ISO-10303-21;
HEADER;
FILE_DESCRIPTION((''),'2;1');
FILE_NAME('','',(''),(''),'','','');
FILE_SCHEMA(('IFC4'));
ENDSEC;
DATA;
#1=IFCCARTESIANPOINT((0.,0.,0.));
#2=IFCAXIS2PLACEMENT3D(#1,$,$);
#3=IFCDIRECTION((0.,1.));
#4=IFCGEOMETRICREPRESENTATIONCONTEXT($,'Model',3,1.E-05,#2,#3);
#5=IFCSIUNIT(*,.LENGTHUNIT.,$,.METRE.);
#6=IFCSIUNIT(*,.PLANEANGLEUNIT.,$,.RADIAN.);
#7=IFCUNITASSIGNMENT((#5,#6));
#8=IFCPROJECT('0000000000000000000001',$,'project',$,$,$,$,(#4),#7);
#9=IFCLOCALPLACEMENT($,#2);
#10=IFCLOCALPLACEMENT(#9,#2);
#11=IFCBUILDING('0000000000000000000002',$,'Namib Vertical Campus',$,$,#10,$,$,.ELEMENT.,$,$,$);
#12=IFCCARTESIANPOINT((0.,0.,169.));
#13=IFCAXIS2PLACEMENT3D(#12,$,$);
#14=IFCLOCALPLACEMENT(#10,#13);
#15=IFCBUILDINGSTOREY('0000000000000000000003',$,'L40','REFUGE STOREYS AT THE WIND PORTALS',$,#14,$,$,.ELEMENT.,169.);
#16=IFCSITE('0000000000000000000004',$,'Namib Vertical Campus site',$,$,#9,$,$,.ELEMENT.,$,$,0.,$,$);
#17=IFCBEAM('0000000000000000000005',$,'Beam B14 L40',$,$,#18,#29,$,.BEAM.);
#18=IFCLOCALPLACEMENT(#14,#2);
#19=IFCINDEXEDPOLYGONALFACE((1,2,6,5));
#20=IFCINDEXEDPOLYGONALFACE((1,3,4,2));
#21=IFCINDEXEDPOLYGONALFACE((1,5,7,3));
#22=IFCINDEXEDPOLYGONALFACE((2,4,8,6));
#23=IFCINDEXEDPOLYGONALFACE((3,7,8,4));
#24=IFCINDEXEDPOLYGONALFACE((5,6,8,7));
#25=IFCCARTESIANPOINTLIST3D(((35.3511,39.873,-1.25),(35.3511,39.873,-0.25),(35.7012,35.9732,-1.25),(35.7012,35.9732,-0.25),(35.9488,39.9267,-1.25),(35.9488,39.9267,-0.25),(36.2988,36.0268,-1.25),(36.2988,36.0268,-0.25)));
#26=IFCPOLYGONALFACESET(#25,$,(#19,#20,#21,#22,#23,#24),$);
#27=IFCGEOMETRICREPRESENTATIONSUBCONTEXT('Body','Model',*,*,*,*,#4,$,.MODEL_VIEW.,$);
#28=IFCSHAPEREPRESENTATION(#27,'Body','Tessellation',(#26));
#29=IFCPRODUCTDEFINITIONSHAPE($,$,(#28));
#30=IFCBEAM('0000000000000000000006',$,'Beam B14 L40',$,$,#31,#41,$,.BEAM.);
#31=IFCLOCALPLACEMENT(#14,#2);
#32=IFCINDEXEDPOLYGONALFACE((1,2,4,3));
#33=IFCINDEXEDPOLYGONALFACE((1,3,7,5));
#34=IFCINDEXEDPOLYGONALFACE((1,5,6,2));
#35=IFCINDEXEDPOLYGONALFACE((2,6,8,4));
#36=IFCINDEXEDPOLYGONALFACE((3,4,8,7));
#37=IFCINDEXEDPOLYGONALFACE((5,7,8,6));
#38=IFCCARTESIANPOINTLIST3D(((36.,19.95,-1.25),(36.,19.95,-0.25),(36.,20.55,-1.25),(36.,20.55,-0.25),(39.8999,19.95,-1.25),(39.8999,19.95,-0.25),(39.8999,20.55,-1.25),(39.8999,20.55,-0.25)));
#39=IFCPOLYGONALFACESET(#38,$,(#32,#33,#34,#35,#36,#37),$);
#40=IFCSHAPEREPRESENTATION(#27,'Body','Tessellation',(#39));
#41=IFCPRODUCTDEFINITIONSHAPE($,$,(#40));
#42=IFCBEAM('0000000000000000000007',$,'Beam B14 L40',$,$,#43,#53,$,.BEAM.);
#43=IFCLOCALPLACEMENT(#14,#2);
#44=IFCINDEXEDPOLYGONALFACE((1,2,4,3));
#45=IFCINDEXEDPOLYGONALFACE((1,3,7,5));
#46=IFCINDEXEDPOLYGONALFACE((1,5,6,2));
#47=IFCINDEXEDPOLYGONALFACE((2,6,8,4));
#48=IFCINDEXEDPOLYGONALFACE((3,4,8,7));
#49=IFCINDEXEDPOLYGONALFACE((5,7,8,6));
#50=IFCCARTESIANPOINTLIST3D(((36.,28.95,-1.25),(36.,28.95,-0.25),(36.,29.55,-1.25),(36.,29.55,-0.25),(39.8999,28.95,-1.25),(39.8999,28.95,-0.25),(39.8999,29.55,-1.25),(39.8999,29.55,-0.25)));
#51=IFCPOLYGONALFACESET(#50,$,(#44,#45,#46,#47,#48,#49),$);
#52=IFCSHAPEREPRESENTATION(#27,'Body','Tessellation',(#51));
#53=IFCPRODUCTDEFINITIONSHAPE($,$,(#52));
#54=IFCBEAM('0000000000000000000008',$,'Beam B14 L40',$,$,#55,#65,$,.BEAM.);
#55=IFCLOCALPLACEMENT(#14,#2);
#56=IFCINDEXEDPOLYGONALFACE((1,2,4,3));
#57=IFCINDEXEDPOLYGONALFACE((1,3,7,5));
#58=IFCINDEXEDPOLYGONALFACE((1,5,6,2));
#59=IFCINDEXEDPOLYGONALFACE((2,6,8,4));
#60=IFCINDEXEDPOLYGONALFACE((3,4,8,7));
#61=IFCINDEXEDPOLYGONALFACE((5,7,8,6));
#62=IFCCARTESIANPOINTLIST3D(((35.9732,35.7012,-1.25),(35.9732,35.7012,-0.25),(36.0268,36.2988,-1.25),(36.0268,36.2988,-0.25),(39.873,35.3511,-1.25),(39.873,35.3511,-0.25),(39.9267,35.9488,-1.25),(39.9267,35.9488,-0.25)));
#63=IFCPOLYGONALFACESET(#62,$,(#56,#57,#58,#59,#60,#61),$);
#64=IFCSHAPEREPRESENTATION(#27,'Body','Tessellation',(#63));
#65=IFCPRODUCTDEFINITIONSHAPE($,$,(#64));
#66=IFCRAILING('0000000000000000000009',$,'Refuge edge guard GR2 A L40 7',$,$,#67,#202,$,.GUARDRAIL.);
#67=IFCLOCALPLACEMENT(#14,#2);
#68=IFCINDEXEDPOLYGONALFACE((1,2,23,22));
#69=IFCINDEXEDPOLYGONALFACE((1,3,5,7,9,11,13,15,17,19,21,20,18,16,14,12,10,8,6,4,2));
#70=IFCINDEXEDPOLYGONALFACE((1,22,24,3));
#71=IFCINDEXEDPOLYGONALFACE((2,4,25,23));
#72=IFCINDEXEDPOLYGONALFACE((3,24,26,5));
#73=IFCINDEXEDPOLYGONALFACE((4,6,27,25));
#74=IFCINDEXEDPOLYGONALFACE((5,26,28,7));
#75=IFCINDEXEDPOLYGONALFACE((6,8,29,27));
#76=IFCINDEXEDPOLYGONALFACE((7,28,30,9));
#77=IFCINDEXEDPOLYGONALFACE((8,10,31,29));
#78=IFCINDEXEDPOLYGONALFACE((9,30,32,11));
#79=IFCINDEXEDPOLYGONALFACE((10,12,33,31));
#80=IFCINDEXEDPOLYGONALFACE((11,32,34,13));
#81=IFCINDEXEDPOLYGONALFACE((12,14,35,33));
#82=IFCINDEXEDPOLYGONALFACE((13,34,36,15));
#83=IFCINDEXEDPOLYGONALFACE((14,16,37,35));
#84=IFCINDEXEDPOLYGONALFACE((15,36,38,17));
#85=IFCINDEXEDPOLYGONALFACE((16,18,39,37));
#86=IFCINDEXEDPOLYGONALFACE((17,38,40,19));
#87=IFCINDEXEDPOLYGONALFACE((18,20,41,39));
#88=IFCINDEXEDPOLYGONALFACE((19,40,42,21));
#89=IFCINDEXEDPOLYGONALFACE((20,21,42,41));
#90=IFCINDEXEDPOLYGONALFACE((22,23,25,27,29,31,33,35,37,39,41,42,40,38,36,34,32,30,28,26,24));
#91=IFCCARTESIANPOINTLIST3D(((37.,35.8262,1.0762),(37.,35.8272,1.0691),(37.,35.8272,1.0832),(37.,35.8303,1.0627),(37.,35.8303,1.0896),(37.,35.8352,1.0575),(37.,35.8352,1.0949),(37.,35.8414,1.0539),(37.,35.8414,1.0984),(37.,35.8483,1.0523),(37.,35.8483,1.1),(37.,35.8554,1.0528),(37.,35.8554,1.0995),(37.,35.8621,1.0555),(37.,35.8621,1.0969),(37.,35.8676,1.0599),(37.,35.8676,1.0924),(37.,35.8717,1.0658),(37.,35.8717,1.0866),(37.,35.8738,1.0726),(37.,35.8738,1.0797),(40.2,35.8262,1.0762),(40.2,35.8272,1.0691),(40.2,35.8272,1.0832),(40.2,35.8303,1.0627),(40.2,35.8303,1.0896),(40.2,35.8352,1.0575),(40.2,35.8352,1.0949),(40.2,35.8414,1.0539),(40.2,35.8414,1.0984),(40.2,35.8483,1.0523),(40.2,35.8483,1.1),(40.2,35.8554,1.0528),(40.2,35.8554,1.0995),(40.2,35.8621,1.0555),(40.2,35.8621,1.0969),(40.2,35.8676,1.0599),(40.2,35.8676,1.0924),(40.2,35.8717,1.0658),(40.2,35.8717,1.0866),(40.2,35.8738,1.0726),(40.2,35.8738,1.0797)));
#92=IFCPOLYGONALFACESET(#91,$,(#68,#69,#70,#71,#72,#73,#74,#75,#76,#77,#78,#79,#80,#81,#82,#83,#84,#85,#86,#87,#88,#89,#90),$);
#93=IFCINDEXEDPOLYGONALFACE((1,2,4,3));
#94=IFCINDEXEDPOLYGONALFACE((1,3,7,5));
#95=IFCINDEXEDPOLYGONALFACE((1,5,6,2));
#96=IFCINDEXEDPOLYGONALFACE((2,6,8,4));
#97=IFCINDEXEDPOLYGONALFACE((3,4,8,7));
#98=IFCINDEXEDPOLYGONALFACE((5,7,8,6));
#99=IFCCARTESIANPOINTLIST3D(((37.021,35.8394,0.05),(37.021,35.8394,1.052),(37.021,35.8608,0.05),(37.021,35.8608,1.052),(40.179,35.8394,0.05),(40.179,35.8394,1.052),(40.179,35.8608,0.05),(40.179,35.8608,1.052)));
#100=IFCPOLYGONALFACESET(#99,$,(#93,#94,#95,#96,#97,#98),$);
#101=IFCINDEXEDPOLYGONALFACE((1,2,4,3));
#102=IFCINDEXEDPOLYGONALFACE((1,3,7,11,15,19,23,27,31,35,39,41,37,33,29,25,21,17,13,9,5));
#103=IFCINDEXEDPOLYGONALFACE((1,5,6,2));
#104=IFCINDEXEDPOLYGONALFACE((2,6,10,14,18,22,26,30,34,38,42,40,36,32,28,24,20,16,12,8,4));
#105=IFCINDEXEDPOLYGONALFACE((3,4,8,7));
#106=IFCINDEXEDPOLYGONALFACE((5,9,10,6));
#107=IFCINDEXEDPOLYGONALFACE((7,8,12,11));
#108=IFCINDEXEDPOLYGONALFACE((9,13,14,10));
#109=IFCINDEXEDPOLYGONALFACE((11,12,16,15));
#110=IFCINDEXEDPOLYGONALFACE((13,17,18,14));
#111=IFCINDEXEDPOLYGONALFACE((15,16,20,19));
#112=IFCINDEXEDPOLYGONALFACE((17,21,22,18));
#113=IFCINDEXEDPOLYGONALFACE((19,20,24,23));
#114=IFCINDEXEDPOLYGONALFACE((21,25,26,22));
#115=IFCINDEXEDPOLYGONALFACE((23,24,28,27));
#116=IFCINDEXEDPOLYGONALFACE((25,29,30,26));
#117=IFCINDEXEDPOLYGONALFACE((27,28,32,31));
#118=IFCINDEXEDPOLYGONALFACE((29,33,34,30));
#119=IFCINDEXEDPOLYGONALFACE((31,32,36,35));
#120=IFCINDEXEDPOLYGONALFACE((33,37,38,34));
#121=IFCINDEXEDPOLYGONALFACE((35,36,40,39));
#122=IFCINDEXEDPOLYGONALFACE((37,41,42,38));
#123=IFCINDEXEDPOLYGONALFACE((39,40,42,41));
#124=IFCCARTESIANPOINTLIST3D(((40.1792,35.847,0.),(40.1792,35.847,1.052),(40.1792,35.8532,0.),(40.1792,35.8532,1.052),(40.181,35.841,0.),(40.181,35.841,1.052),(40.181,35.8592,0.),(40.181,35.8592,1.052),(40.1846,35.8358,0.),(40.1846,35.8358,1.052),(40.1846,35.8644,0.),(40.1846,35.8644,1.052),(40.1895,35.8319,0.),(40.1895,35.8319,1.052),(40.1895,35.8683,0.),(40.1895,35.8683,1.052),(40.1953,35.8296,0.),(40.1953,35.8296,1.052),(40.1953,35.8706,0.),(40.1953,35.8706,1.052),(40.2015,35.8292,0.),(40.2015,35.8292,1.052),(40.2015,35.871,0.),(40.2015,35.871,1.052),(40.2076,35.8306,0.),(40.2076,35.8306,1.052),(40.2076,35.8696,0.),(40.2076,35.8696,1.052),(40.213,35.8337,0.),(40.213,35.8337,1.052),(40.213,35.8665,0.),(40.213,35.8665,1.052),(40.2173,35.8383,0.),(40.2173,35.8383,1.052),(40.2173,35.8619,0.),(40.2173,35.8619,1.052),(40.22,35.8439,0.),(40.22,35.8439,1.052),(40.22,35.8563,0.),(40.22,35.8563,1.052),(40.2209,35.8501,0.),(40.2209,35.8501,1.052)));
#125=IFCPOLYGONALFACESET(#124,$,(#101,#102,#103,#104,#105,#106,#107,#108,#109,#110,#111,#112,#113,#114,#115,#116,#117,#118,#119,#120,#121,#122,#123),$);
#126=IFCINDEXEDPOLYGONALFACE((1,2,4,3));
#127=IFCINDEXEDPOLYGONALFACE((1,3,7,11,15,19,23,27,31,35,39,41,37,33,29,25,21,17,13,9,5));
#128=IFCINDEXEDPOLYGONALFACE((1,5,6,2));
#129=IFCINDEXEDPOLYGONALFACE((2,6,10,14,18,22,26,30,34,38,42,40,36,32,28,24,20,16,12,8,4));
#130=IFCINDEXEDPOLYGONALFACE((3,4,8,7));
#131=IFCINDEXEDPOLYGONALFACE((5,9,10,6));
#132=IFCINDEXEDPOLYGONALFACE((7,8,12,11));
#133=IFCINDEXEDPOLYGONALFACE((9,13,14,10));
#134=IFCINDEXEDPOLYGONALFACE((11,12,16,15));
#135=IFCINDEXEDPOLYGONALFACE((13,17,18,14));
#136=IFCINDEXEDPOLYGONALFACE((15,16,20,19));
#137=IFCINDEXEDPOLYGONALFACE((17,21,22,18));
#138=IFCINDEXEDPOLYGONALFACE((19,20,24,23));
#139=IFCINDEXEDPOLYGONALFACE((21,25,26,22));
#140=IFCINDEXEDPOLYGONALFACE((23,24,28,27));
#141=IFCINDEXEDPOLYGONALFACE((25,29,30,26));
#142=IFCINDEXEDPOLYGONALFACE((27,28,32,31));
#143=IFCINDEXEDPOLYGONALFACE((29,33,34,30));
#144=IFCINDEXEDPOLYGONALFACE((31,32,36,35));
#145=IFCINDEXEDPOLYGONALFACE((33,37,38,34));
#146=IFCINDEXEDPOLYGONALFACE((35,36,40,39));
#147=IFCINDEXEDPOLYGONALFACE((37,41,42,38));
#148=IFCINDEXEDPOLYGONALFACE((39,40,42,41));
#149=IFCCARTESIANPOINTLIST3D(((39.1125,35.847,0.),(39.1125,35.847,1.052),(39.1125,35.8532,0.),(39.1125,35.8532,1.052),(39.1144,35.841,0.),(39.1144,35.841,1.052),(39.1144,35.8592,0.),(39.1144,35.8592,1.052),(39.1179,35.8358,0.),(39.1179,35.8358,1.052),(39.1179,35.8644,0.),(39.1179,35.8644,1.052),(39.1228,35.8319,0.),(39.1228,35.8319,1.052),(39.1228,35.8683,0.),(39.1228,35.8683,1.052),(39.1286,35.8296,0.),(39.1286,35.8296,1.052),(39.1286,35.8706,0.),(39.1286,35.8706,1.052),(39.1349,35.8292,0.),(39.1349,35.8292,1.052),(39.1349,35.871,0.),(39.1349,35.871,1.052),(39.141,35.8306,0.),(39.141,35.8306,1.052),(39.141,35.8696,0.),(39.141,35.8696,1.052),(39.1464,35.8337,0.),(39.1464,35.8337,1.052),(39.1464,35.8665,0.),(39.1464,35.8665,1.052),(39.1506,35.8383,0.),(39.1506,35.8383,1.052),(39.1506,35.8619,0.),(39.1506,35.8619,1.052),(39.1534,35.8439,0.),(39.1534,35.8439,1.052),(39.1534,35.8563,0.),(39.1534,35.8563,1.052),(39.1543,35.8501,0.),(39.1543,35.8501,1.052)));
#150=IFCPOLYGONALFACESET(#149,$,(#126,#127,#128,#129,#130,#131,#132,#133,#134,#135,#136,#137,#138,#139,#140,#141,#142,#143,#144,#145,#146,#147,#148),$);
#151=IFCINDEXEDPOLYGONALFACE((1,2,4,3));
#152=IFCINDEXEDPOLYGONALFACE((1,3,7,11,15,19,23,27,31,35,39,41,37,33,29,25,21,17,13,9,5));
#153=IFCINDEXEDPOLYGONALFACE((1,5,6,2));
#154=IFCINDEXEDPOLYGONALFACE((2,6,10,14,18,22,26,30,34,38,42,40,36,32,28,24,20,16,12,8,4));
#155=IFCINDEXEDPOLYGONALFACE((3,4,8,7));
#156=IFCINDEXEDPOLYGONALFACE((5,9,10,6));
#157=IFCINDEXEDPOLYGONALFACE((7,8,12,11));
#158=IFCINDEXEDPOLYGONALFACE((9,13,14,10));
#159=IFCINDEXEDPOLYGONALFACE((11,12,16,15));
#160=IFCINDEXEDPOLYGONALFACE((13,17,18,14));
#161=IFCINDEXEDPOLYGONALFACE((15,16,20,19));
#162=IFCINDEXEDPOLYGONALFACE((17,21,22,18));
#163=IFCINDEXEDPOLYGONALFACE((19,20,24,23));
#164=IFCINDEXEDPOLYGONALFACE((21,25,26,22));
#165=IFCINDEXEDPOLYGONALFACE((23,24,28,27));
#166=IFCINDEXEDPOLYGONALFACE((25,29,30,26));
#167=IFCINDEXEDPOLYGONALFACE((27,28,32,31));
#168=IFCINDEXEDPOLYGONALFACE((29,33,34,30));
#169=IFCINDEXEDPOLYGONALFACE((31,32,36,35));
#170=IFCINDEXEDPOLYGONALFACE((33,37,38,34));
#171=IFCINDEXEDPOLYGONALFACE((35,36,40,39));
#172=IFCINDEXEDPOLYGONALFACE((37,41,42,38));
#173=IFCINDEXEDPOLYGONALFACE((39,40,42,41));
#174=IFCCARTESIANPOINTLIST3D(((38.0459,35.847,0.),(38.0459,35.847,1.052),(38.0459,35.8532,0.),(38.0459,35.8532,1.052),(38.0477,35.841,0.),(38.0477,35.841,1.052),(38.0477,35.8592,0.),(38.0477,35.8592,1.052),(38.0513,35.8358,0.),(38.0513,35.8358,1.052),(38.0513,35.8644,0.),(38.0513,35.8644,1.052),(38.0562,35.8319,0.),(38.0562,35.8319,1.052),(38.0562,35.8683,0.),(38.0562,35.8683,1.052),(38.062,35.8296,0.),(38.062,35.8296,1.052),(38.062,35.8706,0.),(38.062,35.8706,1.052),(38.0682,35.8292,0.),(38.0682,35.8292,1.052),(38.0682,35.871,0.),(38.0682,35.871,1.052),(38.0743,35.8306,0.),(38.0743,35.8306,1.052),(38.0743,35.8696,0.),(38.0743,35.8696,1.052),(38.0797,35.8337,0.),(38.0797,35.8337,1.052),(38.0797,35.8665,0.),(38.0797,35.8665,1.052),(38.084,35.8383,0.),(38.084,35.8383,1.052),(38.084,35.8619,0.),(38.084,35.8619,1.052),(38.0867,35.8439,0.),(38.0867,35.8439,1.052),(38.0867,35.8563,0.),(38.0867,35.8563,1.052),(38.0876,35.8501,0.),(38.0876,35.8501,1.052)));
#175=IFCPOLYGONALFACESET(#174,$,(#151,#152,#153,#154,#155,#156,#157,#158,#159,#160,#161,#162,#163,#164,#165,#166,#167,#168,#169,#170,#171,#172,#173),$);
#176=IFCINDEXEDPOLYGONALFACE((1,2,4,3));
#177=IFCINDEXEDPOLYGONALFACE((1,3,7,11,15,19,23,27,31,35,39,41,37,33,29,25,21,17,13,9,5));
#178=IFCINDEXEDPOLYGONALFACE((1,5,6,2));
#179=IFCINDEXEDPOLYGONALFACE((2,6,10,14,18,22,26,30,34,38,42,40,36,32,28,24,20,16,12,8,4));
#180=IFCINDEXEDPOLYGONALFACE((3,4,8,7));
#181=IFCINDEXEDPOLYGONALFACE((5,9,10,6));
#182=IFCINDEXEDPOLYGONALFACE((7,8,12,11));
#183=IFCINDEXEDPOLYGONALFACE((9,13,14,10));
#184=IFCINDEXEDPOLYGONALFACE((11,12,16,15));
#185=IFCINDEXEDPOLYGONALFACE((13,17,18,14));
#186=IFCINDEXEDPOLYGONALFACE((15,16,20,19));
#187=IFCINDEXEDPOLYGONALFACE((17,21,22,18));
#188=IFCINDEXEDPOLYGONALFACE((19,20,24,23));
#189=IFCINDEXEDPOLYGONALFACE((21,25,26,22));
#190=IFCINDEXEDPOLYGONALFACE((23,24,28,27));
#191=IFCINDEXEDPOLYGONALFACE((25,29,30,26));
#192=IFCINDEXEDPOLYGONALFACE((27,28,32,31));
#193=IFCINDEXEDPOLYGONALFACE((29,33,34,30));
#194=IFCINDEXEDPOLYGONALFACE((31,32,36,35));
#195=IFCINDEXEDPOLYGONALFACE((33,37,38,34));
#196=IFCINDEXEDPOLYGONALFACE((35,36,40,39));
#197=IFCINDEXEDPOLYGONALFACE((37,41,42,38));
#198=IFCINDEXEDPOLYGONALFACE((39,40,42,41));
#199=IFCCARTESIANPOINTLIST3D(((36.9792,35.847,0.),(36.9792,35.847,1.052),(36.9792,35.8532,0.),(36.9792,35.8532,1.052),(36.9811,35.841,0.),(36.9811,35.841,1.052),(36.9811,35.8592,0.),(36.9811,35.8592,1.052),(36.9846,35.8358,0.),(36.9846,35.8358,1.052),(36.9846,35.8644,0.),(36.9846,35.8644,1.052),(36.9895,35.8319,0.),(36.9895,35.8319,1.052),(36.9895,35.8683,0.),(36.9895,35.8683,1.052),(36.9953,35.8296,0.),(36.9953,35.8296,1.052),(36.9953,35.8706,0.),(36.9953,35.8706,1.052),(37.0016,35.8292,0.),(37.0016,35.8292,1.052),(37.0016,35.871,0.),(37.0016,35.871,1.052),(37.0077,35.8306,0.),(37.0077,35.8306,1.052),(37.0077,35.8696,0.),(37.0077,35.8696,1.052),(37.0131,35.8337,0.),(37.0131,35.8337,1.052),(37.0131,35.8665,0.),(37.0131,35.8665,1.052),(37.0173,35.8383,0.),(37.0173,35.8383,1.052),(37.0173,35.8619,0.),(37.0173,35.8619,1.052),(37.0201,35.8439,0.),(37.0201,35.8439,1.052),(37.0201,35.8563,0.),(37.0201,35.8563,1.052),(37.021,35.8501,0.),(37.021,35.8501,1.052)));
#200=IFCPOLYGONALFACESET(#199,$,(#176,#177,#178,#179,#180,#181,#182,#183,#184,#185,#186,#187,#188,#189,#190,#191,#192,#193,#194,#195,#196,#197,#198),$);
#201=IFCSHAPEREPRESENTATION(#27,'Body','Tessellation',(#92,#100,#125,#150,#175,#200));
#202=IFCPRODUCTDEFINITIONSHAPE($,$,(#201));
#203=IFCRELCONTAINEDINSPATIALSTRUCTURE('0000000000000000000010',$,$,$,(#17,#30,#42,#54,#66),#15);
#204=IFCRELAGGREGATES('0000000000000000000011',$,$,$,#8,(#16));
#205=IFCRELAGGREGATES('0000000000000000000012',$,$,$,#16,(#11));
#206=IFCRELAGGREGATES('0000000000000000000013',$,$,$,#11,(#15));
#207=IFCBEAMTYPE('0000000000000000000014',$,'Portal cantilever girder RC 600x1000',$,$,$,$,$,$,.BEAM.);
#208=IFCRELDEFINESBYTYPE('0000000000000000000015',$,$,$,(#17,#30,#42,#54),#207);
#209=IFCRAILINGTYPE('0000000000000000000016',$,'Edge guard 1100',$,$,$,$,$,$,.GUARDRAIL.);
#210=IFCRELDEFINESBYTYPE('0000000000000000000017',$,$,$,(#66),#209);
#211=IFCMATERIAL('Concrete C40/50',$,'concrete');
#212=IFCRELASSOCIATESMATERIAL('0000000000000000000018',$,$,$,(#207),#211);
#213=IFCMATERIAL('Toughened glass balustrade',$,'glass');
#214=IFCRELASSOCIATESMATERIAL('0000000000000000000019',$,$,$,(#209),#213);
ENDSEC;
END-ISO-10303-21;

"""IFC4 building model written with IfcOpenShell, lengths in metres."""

from ifc_helpers import new_model, si_unit, direction, frame, origin, origin_2d, place, context, subcontext, project, spatial, polyline, rectangle, circle, outline, extrude, material, material_profile, profile_set, type_object, element, save


model = new_model("IFC4")

# Units and contexts
model_context = context("Model", 3, precision=1e-05, world=origin(), true_north=direction((0.0, 1.0)))
body_context = subcontext(model_context, "Body", "Model", "MODEL_VIEW")
ifc_project = project(units=[si_unit("LENGTHUNIT", "METRE"), si_unit("PLANEANGLEUNIT", "RADIAN")], contexts=[model_context])

# Site, building, storey
site_placement = place(None, origin())
site = spatial("IfcSite", under=ifc_project, at=site_placement, Name="Namib Vertical Campus site", CompositionType="ELEMENT", RefElevation=0.0)
building_placement = place(site_placement, origin())
building = spatial("IfcBuilding", under=site, at=building_placement, Name="Namib Vertical Campus", CompositionType="ELEMENT")
storey_placement = place(building_placement, frame((0.0, 0.0, 169.0)))
storey = spatial("IfcBuildingStorey", under=building, at=storey_placement, Name="L40", Description="REFUGE STOREYS AT THE WIND PORTALS", CompositionType="ELEMENT", Elevation=169.0)

# Beams
ifc_material_1 = material(Name="Concrete C40/50", Category="concrete")
ifc_material_profile_1 = material_profile(ifc_material_1, rectangle(XDim=0.6001, YDim=1.0, at=origin_2d()))
ifc_profile_set_1 = profile_set([ifc_material_profile_1], Name="Concrete C40/50")
beam_type_1 = type_object("IfcBeamType", Name="Portal cantilever girder RC 600x1000", PredefinedType="BEAM", material=ifc_profile_set_1)
beam_1_placement = place(storey_placement, frame((36.0, 36.0, -0.75), z_axis=(-0.089411, 0.995995, 0.0), x_axis=(-0.995995, -0.089411, 0.0)))
element("IfcBeam", 1, at=beam_1_placement, inside=storey, type_object=beam_type_1, Name="Beam B14 L40", PredefinedType="BEAM", context=body_context, shape_type="SweptSolid", body=[
    extrude(rectangle(XDim=0.6001, YDim=1.0, at=origin_2d()), origin(), (0.0, 0.0, 1.0), 3.9155),
])
for number, where, z_axis, x_axis, name in (
    (2, (36.0, 20.25, -0.75), (1.0, 0.0, 0.0), (0.0, 1.0, 0.0), "Beam B14 L40"),
    (3, (36.0, 29.25, -0.75), (1.0, 0.0, 0.0), (0.0, 1.0, 0.0), "Beam B14 L40"),
):
    element("IfcBeam", number, at=place(storey_placement, frame(where, z_axis=z_axis, x_axis=x_axis)), inside=storey, type_object=beam_type_1, Name=name, PredefinedType="BEAM", context=body_context, shape_type="SweptSolid", body=[
        extrude(rectangle(XDim=0.6001, YDim=1.0, at=origin_2d()), origin(), (0.0, 0.0, 1.0), 3.8999),
    ])
beam_2_placement = place(storey_placement, frame((36.0, 36.0, -0.75), z_axis=(0.995995, -0.089411, 0.0), x_axis=(0.089411, 0.995995, 0.0)))
element("IfcBeam", 4, at=beam_2_placement, inside=storey, type_object=beam_type_1, Name="Beam B14 L40", PredefinedType="BEAM", context=body_context, shape_type="SweptSolid", body=[
    extrude(rectangle(XDim=0.6001, YDim=1.0, at=origin_2d()), origin(), (0.0, 0.0, 1.0), 3.9155),
])

# Railing
ifc_material_2 = material(Name="Toughened glass balustrade", Category="glass")
railing_type = type_object("IfcRailingType", Name="Edge guard 1100", PredefinedType="GUARDRAIL", material=ifc_material_2)
railing_1_placement = place(storey_placement, frame((40.2, 35.8501, 0.0)))
element("IfcRailing", 5, at=railing_1_placement, inside=storey, type_object=railing_type, Name="Refuge edge guard GR2 A L40 7", PredefinedType="GUARDRAIL", context=body_context, shape_type="SweptSolid", body=[
    extrude(circle(Radius=0.0239, at=origin_2d()), frame((0.0, 0.0, 1.0762), z_axis=(-1.0, 0.0, 0.0), x_axis=(0.0, -1.0, 0.0)), (0.0, 0.0, 1.0), 3.2),
    extrude(outline(polyline([(0.021, 0.05), (3.179, 0.05), (3.179, 1.052), (0.021, 1.052), (0.021, 0.05)])), frame((0.0, -0.0107, 0.0), z_axis=(0.0, 1.0, 0.0), x_axis=(-1.0, 0.0, 0.0)), (0.0, 0.0, 1.0), 0.0215),
    extrude(circle(Radius=0.021, at=origin_2d()), origin(), (0.0, 0.0, 1.0), 1.052),
    extrude(circle(Radius=0.021, at=origin_2d()), frame((-1.0667, 0.0, 0.0)), (0.0, 0.0, 1.0), 1.052),
    extrude(circle(Radius=0.021, at=origin_2d()), frame((-2.1333, 0.0, 0.0)), (0.0, 0.0, 1.0), 1.052),
    extrude(circle(Radius=0.021, at=origin_2d()), frame((-3.2, 0.0, 0.0)), (0.0, 0.0, 1.0), 1.052),
])

save(model, "model.ifc")
